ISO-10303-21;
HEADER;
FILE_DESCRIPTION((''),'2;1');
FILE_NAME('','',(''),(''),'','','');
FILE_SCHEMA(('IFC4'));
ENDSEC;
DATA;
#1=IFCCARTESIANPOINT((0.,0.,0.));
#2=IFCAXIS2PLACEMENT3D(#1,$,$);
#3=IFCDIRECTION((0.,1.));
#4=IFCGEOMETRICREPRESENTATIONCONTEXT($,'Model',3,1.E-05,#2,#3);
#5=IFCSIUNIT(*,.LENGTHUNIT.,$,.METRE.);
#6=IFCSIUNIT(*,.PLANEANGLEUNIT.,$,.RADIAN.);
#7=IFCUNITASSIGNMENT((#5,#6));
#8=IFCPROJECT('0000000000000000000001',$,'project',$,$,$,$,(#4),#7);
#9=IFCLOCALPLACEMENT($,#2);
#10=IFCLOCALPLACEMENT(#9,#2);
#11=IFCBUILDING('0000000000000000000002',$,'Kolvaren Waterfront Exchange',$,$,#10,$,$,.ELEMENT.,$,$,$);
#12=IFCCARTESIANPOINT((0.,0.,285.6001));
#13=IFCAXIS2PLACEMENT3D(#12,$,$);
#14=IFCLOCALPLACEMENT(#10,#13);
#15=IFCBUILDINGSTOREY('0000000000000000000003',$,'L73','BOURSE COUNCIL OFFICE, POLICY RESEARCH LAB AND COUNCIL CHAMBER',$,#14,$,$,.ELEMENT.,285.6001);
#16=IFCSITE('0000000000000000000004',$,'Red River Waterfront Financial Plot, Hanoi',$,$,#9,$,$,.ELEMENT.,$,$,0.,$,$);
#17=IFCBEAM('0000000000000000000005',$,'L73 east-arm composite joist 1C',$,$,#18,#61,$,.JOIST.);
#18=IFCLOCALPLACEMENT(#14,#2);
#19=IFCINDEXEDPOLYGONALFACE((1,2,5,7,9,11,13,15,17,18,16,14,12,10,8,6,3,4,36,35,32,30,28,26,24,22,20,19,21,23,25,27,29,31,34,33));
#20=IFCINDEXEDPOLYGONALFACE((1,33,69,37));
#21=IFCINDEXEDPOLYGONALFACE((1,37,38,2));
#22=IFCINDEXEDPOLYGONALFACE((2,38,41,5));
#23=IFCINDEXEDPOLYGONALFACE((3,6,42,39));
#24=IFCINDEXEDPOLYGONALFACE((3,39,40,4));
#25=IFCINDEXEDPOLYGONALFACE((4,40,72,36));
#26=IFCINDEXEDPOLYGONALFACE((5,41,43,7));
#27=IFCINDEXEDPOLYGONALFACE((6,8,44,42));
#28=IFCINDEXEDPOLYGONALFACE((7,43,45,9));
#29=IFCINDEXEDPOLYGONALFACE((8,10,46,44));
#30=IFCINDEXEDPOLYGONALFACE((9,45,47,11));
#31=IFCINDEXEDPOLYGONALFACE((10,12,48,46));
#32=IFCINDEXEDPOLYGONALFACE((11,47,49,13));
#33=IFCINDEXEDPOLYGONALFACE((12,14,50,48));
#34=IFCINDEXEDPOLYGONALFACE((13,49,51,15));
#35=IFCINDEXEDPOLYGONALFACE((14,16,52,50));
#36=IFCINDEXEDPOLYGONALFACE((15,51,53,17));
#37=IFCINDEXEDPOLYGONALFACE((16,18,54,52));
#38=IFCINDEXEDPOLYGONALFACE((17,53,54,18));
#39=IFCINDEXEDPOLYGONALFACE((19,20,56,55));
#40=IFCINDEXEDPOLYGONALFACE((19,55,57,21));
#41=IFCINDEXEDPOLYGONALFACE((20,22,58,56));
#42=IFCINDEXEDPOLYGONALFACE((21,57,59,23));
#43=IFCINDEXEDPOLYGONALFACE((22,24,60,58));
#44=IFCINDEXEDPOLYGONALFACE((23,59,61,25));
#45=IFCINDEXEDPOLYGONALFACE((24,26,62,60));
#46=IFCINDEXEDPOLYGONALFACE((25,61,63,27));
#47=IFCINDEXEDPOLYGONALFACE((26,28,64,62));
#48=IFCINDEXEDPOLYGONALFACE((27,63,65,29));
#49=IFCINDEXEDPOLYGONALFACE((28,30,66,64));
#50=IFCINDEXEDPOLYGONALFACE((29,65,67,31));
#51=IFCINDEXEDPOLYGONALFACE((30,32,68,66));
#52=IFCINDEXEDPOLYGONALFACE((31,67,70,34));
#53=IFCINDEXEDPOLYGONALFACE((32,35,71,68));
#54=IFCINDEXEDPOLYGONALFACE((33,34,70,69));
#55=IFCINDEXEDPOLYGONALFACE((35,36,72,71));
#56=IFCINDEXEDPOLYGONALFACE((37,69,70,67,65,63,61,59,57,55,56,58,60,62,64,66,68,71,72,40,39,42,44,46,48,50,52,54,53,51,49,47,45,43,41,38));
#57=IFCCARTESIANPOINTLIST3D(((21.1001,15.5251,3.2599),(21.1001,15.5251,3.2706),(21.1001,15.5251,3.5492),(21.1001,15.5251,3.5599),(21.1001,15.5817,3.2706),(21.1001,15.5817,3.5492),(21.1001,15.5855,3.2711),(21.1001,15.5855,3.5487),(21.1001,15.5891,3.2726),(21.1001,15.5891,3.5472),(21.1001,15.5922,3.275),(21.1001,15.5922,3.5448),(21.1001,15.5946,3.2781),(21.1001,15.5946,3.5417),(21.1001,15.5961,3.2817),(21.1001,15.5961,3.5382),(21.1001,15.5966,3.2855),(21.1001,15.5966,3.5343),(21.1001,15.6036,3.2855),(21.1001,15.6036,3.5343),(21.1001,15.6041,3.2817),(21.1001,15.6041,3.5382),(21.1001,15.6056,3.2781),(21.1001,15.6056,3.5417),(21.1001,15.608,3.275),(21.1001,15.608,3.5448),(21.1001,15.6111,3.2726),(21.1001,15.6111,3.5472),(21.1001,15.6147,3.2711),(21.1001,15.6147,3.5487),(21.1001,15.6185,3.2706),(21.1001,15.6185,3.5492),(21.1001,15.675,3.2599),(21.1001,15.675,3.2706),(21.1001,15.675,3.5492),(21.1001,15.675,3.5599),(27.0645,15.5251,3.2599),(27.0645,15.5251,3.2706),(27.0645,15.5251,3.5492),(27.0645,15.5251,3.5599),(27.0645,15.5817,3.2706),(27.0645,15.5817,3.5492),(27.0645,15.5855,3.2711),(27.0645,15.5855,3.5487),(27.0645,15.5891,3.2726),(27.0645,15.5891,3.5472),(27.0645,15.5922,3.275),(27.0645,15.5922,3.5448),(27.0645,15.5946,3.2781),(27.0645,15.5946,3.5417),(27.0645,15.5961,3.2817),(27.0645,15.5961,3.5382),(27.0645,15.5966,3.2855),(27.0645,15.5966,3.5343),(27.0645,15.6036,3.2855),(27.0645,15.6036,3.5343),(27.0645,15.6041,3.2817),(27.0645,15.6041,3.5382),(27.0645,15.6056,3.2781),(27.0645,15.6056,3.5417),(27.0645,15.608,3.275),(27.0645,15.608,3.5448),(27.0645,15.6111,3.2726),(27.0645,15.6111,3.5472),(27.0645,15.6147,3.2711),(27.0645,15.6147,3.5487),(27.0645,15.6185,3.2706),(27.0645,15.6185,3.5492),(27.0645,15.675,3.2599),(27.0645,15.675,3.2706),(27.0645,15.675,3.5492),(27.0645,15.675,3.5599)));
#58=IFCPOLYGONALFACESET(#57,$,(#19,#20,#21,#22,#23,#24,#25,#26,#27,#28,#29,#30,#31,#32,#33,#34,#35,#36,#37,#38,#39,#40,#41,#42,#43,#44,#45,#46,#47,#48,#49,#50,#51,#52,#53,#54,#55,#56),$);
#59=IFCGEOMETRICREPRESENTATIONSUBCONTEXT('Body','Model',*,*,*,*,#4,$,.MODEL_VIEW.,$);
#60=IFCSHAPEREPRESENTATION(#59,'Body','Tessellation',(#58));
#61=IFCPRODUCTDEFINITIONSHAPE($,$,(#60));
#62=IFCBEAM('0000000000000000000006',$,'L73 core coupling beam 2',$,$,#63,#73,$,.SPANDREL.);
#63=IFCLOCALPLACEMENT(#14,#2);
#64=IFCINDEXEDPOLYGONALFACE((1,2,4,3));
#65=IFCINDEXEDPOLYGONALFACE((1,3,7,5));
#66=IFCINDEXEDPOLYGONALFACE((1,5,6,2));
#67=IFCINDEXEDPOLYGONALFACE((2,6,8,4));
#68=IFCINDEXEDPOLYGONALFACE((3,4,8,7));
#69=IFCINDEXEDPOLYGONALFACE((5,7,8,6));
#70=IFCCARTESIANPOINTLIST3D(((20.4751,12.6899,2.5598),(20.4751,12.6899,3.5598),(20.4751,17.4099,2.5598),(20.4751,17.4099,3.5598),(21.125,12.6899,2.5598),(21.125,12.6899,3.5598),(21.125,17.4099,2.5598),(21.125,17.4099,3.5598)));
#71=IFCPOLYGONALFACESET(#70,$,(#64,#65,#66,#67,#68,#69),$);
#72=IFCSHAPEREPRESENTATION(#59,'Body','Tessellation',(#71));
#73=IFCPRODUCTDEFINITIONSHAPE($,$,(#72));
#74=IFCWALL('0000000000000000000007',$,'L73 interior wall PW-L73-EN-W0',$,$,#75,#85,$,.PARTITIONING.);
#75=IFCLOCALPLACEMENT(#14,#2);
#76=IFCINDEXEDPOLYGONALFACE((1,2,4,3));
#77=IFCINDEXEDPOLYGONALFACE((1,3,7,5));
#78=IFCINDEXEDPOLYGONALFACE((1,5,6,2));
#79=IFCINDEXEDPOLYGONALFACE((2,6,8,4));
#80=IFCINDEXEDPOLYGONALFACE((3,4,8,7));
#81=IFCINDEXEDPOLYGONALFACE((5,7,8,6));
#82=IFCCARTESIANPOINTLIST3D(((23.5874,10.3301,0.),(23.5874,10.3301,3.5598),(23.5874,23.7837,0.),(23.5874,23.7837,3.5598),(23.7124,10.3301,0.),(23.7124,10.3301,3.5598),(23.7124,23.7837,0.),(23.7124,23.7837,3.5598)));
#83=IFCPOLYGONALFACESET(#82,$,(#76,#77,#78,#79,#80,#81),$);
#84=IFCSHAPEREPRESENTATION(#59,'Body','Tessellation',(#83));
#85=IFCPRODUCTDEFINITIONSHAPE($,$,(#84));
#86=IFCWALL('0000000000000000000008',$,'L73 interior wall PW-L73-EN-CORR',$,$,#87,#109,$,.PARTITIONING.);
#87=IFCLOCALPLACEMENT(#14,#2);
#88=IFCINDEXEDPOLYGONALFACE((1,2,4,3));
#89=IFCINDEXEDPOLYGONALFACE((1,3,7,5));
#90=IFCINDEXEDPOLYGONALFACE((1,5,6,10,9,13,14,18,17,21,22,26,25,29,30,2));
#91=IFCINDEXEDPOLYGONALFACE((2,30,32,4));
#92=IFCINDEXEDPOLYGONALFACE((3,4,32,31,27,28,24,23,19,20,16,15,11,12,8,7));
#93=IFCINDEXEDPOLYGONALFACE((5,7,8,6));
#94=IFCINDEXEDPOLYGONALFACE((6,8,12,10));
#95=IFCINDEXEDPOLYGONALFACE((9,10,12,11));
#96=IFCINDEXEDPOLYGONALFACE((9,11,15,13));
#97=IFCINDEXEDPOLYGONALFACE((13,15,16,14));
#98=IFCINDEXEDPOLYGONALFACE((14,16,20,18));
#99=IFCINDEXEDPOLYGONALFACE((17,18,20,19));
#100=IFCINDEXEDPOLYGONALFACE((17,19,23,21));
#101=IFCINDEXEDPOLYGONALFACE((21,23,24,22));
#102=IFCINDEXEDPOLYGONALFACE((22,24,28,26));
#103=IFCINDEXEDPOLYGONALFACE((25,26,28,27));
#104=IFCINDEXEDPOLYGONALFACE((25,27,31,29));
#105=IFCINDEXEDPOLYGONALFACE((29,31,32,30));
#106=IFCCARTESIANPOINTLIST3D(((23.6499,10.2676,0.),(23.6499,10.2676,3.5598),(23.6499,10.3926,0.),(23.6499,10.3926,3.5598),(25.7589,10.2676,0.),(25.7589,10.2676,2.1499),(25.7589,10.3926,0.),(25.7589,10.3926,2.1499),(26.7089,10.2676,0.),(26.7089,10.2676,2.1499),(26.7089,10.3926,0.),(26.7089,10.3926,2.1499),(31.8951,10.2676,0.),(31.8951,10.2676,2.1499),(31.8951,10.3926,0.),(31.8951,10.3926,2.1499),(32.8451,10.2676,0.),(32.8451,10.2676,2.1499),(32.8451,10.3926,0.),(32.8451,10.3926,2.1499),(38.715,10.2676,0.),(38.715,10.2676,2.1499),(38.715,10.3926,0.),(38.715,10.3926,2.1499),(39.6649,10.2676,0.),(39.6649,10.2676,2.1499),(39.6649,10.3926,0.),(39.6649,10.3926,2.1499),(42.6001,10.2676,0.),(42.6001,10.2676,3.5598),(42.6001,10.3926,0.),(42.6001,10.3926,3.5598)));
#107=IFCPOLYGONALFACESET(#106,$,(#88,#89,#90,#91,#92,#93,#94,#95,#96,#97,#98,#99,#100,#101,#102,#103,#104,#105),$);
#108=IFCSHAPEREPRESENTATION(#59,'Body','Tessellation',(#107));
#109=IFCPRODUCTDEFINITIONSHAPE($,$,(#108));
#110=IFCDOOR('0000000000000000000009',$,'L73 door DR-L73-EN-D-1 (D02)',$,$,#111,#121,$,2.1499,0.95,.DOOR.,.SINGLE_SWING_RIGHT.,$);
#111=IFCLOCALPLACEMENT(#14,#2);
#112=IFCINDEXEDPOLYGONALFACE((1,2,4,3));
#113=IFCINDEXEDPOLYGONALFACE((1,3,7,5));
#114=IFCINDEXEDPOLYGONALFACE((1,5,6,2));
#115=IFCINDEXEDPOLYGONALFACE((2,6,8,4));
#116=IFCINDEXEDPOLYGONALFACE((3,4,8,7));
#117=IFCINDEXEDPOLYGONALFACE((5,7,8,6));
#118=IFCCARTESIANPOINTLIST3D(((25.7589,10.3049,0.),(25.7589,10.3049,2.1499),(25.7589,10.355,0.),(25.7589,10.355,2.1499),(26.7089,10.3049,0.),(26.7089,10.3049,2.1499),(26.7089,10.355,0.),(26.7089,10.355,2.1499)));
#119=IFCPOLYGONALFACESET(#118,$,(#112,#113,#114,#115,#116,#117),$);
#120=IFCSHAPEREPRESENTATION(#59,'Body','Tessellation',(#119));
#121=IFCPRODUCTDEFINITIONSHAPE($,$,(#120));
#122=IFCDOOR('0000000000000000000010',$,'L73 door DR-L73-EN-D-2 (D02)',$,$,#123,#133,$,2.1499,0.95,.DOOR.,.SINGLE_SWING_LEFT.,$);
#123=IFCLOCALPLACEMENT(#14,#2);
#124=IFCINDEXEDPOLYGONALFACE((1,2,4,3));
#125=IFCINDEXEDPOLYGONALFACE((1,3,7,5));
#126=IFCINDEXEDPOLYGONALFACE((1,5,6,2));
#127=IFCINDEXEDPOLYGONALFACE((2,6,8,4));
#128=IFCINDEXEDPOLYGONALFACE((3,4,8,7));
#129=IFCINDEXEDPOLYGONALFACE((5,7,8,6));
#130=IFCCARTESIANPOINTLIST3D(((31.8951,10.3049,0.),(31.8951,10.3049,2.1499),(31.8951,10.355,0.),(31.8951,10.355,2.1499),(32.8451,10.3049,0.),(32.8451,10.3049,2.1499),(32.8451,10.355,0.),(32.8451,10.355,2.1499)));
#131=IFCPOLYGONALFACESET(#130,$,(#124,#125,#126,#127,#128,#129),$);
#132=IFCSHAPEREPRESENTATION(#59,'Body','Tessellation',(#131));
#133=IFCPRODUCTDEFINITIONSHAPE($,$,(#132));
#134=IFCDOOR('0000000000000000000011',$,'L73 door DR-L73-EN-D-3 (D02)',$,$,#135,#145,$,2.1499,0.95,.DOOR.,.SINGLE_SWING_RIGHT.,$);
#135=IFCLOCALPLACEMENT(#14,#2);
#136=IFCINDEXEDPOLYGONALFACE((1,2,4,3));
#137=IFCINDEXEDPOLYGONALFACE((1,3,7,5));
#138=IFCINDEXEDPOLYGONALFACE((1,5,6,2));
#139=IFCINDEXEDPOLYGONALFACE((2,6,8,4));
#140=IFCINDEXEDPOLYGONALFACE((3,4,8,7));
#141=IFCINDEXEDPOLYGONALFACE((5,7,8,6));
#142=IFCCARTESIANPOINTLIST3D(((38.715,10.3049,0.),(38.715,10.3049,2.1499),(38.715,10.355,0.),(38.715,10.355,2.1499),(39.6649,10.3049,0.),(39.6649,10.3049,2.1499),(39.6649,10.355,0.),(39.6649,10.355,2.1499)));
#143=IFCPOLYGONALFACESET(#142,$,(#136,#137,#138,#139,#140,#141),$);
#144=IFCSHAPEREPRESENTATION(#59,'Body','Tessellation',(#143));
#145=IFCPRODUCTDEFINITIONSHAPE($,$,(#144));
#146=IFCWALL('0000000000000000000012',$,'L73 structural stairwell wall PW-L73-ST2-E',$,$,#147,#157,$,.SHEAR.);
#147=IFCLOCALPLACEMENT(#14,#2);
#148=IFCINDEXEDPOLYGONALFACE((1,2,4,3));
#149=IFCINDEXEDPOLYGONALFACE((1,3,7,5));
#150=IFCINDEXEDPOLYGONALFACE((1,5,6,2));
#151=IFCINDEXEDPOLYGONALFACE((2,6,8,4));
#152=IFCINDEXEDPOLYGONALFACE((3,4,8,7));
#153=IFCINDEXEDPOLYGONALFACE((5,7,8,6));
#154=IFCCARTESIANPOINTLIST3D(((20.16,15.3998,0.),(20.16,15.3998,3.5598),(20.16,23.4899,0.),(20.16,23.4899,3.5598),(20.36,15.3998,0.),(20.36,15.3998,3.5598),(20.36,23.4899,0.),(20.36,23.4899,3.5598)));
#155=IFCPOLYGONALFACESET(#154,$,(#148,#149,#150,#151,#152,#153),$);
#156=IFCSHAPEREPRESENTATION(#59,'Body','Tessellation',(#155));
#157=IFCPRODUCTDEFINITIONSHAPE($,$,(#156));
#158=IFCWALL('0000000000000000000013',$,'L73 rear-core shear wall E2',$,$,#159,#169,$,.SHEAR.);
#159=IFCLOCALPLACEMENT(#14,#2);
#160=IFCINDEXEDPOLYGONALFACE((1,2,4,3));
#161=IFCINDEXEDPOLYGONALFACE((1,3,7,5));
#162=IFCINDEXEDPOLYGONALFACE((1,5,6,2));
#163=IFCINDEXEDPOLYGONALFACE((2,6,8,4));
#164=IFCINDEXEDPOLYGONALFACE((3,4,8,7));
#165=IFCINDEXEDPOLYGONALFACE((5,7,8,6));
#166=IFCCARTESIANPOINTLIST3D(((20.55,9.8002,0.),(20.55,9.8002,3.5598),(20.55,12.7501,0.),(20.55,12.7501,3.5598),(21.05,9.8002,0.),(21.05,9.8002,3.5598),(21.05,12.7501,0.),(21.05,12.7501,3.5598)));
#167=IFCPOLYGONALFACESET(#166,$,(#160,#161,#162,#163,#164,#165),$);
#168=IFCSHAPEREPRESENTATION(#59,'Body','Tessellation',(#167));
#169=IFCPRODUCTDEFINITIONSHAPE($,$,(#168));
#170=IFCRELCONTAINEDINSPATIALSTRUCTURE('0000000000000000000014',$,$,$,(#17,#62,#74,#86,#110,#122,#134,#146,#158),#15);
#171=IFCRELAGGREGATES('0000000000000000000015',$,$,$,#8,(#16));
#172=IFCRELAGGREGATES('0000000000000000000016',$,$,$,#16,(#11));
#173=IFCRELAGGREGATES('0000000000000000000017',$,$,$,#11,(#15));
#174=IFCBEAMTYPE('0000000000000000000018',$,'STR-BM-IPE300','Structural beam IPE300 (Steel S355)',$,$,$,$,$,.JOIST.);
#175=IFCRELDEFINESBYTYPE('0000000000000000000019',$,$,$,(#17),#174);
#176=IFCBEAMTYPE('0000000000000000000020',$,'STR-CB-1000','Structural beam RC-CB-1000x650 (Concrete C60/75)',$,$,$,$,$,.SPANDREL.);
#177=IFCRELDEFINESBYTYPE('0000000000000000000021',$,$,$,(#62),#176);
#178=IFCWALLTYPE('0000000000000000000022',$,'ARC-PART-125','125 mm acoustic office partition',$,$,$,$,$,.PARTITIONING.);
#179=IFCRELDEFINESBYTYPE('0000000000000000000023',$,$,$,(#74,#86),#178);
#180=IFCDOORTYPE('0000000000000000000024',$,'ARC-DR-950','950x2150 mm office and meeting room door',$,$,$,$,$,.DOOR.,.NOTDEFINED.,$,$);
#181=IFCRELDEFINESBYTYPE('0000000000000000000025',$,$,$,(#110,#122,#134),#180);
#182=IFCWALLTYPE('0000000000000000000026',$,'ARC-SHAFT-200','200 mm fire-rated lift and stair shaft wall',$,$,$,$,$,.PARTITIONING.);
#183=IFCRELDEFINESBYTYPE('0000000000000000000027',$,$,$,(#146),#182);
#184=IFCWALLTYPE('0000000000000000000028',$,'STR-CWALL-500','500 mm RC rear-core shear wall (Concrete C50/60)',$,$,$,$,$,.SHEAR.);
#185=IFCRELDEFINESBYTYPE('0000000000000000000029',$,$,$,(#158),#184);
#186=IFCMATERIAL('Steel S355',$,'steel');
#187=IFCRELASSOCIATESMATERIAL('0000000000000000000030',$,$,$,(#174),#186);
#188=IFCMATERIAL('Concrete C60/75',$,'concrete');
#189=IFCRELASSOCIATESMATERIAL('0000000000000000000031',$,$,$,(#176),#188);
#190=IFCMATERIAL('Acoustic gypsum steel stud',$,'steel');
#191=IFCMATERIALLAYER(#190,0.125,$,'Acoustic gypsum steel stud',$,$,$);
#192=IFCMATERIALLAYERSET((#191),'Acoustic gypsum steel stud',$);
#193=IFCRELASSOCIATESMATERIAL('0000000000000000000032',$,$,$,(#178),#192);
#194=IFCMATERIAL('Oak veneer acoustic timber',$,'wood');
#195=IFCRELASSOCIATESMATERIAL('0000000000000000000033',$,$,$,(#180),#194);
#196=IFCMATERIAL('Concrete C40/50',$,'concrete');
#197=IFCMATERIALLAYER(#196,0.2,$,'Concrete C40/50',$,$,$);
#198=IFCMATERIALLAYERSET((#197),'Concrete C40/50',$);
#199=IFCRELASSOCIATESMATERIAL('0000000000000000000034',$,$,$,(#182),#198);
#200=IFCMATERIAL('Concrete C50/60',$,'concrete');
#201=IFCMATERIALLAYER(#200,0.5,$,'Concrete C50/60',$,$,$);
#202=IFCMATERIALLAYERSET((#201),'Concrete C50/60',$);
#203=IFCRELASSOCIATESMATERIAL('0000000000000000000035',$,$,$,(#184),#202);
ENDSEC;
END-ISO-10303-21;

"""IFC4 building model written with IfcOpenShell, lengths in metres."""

from ifc_helpers import new_model, si_unit, direction, frame, frame_2d, origin, origin_2d, place, context, subcontext, project, spatial, rectangle, i_section, extrude, material, layer, layer_set, material_profile, profile_set, type_object, element, fill, save


model = new_model("IFC4")

# Units and contexts
model_context = context("Model", 3, precision=1e-05, world=origin(), true_north=direction((0.0, 1.0)))
body_context = subcontext(model_context, "Body", "Model", "MODEL_VIEW")
ifc_project = project(units=[si_unit("LENGTHUNIT", "METRE"), si_unit("PLANEANGLEUNIT", "RADIAN")], contexts=[model_context])

# Site, building, storey
site_placement = place(None, origin())
site = spatial("IfcSite", under=ifc_project, at=site_placement, Name="Red River Waterfront Financial Plot, Hanoi", CompositionType="ELEMENT", RefElevation=0.0)
building_placement = place(site_placement, origin())
building = spatial("IfcBuilding", under=site, at=building_placement, Name="Kolvaren Waterfront Exchange", CompositionType="ELEMENT")
storey_placement = place(building_placement, frame((0.0, 0.0, 285.6001)))
storey = spatial("IfcBuildingStorey", under=building, at=storey_placement, Name="L73", Description="BOURSE COUNCIL OFFICE, POLICY RESEARCH LAB AND COUNCIL CHAMBER", CompositionType="ELEMENT", Elevation=285.6001)

# Shared definitions
ifc_material_1 = material(Name="Concrete C50/60", Category="concrete")

# Beams
ifc_material_2 = material(Name="Steel S355", Category="steel")
ifc_material_profile_1 = material_profile(ifc_material_2, i_section(OverallWidth=0.1499, OverallDepth=0.3, WebThickness=0.0071, FlangeThickness=0.0107, FilletRadius=0.0149, at=origin_2d()), Name="IPE300")
ifc_profile_set_1 = profile_set([ifc_material_profile_1], Name="Steel S355")
beam_type_1 = type_object("IfcBeamType", Name="STR-BM-IPE300", Description="Structural beam IPE300 (Steel S355)", PredefinedType="JOIST", material=ifc_profile_set_1)
for number, where, z_axis, x_axis, name in (
    (1, (21.1001, 15.6001, 3.4099), (1.0, 0.0, 0.0), (0.0, 1.0, 0.0), "L73 east-arm composite joist 1C"),
):
    element("IfcBeam", number, at=place(storey_placement, frame(where, z_axis=z_axis, x_axis=x_axis)), inside=storey, type_object=beam_type_1, Name=name, PredefinedType="JOIST", context=body_context, shape_type="SweptSolid", body=[
        extrude(i_section(OverallWidth=0.1499, OverallDepth=0.3, WebThickness=0.0071, FlangeThickness=0.0107, FilletRadius=0.0149, at=origin_2d()), origin(), (0.0, 0.0, 1.0), 5.9644),
    ])
ifc_material_3 = material(Name="Concrete C60/75", Category="concrete")
ifc_material_profile_2 = material_profile(ifc_material_3, rectangle(XDim=0.6499, YDim=1.0, at=origin_2d()), Name="RC-CB-1000x650")
ifc_profile_set_2 = profile_set([ifc_material_profile_2], Name="Concrete C60/75")
beam_type_2 = type_object("IfcBeamType", Name="STR-CB-1000", Description="Structural beam RC-CB-1000x650 (Concrete C60/75)", PredefinedType="SPANDREL", material=ifc_profile_set_2)
beam_1_placement = place(storey_placement, frame((20.8, 12.6899, 3.0598), z_axis=(0.0, 1.0, 0.0), x_axis=(-1.0, 0.0, 0.0)))
element("IfcBeam", 2, at=beam_1_placement, inside=storey, type_object=beam_type_2, Name="L73 core coupling beam 2", PredefinedType="SPANDREL", context=body_context, shape_type="SweptSolid", body=[
    extrude(rectangle(XDim=0.6499, YDim=1.0, at=origin_2d()), origin(), (0.0, 0.0, 1.0), 4.72),
])

# Wall
ifc_material_4 = material(Name="Acoustic gypsum steel stud", Category="steel")
ifc_layer_1 = layer(ifc_material_4, 0.125, Name="Acoustic gypsum steel stud")
ifc_layer_set_1 = layer_set([ifc_layer_1], Name="Acoustic gypsum steel stud")
wall_type_1 = type_object("IfcWallType", Name="ARC-PART-125", Description="125 mm acoustic office partition", PredefinedType="PARTITIONING", material=ifc_layer_set_1)
wall_1_placement = place(storey_placement, frame((23.6499, 10.3301, 0.0), z_axis=(0.0, 0.0, 1.0), x_axis=(0.0, 1.0, 0.0)))
element("IfcWall", 3, at=wall_1_placement, inside=storey, type_object=wall_type_1, Name="L73 interior wall PW-L73-EN-W0", PredefinedType="PARTITIONING", context=body_context, shape_type="SweptSolid", body=[
    extrude(rectangle(XDim=13.4536, YDim=0.125, at=frame_2d((6.7268, 0.0))), origin(), (0.0, 0.0, 1.0), 3.5598),
])

# Wall, openings, doors
wall_2_placement = place(storey_placement, frame((23.6499, 10.3301, 0.0), z_axis=(0.0, 0.0, 1.0), x_axis=(1.0, 0.0, 0.0)))
wall_2 = element("IfcWall", 4, at=wall_2_placement, inside=storey, type_object=wall_type_1, Name="L73 interior wall PW-L73-EN-CORR", PredefinedType="PARTITIONING", context=body_context, shape_type="SweptSolid", body=[
    extrude(rectangle(XDim=18.9502, YDim=0.125, at=frame_2d((9.4751, 0.0))), origin(), (0.0, 0.0, 1.0), 3.5598),
])
opening_1_placement = place(wall_2_placement, frame((2.1089, 0.0, 0.0)))
opening_1 = element("IfcOpeningElement", 5, at=opening_1_placement, cuts=wall_2, PredefinedType="OPENING", context=body_context, shape_type="SweptSolid", body=[
    extrude(rectangle(XDim=0.95, YDim=2.1499, at=frame_2d((0.4751, 1.075))), frame((0.0, 0.0725, 0.0), z_axis=(0.0, -1.0, 0.0), x_axis=(1.0, 0.0, 0.0)), (0.0, 0.0, 1.0), 0.145),
])
opening_2_placement = place(wall_2_placement, frame((8.2451, 0.0, 0.0)))
opening_2 = element("IfcOpeningElement", 6, at=opening_2_placement, cuts=wall_2, PredefinedType="OPENING", context=body_context, shape_type="SweptSolid", body=[
    extrude(rectangle(XDim=0.95, YDim=2.1499, at=frame_2d((0.4751, 1.075))), frame((0.0, 0.0725, 0.0), z_axis=(0.0, -1.0, 0.0), x_axis=(1.0, 0.0, 0.0)), (0.0, 0.0, 1.0), 0.145),
])
opening_3_placement = place(wall_2_placement, frame((15.0649, 0.0, 0.0)))
opening_3 = element("IfcOpeningElement", 7, at=opening_3_placement, cuts=wall_2, PredefinedType="OPENING", context=body_context, shape_type="SweptSolid", body=[
    extrude(rectangle(XDim=0.95, YDim=2.1499, at=frame_2d((0.4751, 1.075))), frame((0.0, 0.0725, 0.0), z_axis=(0.0, -1.0, 0.0), x_axis=(1.0, 0.0, 0.0)), (0.0, 0.0, 1.0), 0.145),
])
ifc_material_5 = material(Name="Oak veneer acoustic timber", Category="wood")
door_type = type_object("IfcDoorType", Name="ARC-DR-950", Description="950x2150 mm office and meeting room door", OperationType="NOTDEFINED", PredefinedType="DOOR", material=ifc_material_5)
door_1_placement = place(opening_1_placement, origin())
door_1 = element("IfcDoor", 8, at=door_1_placement, inside=storey, type_object=door_type, Name="L73 door DR-L73-EN-D-1 (D02)", OperationType="SINGLE_SWING_RIGHT", OverallHeight=2.1499, OverallWidth=0.95, PredefinedType="DOOR", context=body_context, shape_type="SweptSolid", body=[
    extrude(rectangle(XDim=0.95, YDim=2.1499, at=frame_2d((0.4751, 1.075))), frame((0.0, 0.0249, 0.0), z_axis=(0.0, -1.0, 0.0), x_axis=(1.0, 0.0, 0.0)), (0.0, 0.0, 1.0), 0.05),
])
fill(opening_1, door_1)
door_2_placement = place(opening_2_placement, origin())
door_2 = element("IfcDoor", 9, at=door_2_placement, inside=storey, type_object=door_type, Name="L73 door DR-L73-EN-D-2 (D02)", OperationType="SINGLE_SWING_LEFT", OverallHeight=2.1499, OverallWidth=0.95, PredefinedType="DOOR", context=body_context, shape_type="SweptSolid", body=[
    extrude(rectangle(XDim=0.95, YDim=2.1499, at=frame_2d((0.4751, 1.075))), frame((0.0, 0.0249, 0.0), z_axis=(0.0, -1.0, 0.0), x_axis=(1.0, 0.0, 0.0)), (0.0, 0.0, 1.0), 0.05),
])
fill(opening_2, door_2)
door_3_placement = place(opening_3_placement, origin())
door_3 = element("IfcDoor", 10, at=door_3_placement, inside=storey, type_object=door_type, Name="L73 door DR-L73-EN-D-3 (D02)", OperationType="SINGLE_SWING_RIGHT", OverallHeight=2.1499, OverallWidth=0.95, PredefinedType="DOOR", context=body_context, shape_type="SweptSolid", body=[
    extrude(rectangle(XDim=0.95, YDim=2.1499, at=frame_2d((0.4751, 1.075))), frame((0.0, 0.0249, 0.0), z_axis=(0.0, -1.0, 0.0), x_axis=(1.0, 0.0, 0.0)), (0.0, 0.0, 1.0), 0.05),
])
fill(opening_3, door_3)

# Walls
ifc_material_6 = material(Name="Concrete C40/50", Category="concrete")
ifc_layer_2 = layer(ifc_material_6, 0.2, Name="Concrete C40/50")
ifc_layer_set_2 = layer_set([ifc_layer_2], Name="Concrete C40/50")
wall_type_2 = type_object("IfcWallType", Name="ARC-SHAFT-200", Description="200 mm fire-rated lift and stair shaft wall", PredefinedType="PARTITIONING", material=ifc_layer_set_2)
wall_3_placement = place(storey_placement, frame((20.26, 15.3999, 0.0), z_axis=(0.0, 0.0, 1.0), x_axis=(0.0, 1.0, 0.0)))
element("IfcWall", 11, at=wall_3_placement, inside=storey, type_object=wall_type_2, Name="L73 structural stairwell wall PW-L73-ST2-E", PredefinedType="SHEAR", context=body_context, shape_type="SweptSolid", body=[
    extrude(rectangle(XDim=8.0901, YDim=0.2, at=frame_2d((4.0449, 0.0))), origin(), (0.0, 0.0, 1.0), 3.5598),
])
ifc_layer_3 = layer(ifc_material_1, 0.5, Name="Concrete C50/60")
ifc_layer_set_3 = layer_set([ifc_layer_3], Name="Concrete C50/60")
wall_type_3 = type_object("IfcWallType", Name="STR-CWALL-500", Description="500 mm RC rear-core shear wall (Concrete C50/60)", PredefinedType="SHEAR", material=ifc_layer_set_3)
wall_4_placement = place(storey_placement, frame((20.8, 9.8, 0.0), z_axis=(0.0, 0.0, 1.0), x_axis=(0.0, 1.0, 0.0)))
element("IfcWall", 12, at=wall_4_placement, inside=storey, type_object=wall_type_3, Name="L73 rear-core shear wall E2", PredefinedType="SHEAR", context=body_context, shape_type="SweptSolid", body=[
    extrude(rectangle(XDim=2.95, YDim=0.5, at=frame_2d((1.4751, 0.0))), origin(), (0.0, 0.0, 1.0), 3.5598),
])

save(model, "model.ifc")
